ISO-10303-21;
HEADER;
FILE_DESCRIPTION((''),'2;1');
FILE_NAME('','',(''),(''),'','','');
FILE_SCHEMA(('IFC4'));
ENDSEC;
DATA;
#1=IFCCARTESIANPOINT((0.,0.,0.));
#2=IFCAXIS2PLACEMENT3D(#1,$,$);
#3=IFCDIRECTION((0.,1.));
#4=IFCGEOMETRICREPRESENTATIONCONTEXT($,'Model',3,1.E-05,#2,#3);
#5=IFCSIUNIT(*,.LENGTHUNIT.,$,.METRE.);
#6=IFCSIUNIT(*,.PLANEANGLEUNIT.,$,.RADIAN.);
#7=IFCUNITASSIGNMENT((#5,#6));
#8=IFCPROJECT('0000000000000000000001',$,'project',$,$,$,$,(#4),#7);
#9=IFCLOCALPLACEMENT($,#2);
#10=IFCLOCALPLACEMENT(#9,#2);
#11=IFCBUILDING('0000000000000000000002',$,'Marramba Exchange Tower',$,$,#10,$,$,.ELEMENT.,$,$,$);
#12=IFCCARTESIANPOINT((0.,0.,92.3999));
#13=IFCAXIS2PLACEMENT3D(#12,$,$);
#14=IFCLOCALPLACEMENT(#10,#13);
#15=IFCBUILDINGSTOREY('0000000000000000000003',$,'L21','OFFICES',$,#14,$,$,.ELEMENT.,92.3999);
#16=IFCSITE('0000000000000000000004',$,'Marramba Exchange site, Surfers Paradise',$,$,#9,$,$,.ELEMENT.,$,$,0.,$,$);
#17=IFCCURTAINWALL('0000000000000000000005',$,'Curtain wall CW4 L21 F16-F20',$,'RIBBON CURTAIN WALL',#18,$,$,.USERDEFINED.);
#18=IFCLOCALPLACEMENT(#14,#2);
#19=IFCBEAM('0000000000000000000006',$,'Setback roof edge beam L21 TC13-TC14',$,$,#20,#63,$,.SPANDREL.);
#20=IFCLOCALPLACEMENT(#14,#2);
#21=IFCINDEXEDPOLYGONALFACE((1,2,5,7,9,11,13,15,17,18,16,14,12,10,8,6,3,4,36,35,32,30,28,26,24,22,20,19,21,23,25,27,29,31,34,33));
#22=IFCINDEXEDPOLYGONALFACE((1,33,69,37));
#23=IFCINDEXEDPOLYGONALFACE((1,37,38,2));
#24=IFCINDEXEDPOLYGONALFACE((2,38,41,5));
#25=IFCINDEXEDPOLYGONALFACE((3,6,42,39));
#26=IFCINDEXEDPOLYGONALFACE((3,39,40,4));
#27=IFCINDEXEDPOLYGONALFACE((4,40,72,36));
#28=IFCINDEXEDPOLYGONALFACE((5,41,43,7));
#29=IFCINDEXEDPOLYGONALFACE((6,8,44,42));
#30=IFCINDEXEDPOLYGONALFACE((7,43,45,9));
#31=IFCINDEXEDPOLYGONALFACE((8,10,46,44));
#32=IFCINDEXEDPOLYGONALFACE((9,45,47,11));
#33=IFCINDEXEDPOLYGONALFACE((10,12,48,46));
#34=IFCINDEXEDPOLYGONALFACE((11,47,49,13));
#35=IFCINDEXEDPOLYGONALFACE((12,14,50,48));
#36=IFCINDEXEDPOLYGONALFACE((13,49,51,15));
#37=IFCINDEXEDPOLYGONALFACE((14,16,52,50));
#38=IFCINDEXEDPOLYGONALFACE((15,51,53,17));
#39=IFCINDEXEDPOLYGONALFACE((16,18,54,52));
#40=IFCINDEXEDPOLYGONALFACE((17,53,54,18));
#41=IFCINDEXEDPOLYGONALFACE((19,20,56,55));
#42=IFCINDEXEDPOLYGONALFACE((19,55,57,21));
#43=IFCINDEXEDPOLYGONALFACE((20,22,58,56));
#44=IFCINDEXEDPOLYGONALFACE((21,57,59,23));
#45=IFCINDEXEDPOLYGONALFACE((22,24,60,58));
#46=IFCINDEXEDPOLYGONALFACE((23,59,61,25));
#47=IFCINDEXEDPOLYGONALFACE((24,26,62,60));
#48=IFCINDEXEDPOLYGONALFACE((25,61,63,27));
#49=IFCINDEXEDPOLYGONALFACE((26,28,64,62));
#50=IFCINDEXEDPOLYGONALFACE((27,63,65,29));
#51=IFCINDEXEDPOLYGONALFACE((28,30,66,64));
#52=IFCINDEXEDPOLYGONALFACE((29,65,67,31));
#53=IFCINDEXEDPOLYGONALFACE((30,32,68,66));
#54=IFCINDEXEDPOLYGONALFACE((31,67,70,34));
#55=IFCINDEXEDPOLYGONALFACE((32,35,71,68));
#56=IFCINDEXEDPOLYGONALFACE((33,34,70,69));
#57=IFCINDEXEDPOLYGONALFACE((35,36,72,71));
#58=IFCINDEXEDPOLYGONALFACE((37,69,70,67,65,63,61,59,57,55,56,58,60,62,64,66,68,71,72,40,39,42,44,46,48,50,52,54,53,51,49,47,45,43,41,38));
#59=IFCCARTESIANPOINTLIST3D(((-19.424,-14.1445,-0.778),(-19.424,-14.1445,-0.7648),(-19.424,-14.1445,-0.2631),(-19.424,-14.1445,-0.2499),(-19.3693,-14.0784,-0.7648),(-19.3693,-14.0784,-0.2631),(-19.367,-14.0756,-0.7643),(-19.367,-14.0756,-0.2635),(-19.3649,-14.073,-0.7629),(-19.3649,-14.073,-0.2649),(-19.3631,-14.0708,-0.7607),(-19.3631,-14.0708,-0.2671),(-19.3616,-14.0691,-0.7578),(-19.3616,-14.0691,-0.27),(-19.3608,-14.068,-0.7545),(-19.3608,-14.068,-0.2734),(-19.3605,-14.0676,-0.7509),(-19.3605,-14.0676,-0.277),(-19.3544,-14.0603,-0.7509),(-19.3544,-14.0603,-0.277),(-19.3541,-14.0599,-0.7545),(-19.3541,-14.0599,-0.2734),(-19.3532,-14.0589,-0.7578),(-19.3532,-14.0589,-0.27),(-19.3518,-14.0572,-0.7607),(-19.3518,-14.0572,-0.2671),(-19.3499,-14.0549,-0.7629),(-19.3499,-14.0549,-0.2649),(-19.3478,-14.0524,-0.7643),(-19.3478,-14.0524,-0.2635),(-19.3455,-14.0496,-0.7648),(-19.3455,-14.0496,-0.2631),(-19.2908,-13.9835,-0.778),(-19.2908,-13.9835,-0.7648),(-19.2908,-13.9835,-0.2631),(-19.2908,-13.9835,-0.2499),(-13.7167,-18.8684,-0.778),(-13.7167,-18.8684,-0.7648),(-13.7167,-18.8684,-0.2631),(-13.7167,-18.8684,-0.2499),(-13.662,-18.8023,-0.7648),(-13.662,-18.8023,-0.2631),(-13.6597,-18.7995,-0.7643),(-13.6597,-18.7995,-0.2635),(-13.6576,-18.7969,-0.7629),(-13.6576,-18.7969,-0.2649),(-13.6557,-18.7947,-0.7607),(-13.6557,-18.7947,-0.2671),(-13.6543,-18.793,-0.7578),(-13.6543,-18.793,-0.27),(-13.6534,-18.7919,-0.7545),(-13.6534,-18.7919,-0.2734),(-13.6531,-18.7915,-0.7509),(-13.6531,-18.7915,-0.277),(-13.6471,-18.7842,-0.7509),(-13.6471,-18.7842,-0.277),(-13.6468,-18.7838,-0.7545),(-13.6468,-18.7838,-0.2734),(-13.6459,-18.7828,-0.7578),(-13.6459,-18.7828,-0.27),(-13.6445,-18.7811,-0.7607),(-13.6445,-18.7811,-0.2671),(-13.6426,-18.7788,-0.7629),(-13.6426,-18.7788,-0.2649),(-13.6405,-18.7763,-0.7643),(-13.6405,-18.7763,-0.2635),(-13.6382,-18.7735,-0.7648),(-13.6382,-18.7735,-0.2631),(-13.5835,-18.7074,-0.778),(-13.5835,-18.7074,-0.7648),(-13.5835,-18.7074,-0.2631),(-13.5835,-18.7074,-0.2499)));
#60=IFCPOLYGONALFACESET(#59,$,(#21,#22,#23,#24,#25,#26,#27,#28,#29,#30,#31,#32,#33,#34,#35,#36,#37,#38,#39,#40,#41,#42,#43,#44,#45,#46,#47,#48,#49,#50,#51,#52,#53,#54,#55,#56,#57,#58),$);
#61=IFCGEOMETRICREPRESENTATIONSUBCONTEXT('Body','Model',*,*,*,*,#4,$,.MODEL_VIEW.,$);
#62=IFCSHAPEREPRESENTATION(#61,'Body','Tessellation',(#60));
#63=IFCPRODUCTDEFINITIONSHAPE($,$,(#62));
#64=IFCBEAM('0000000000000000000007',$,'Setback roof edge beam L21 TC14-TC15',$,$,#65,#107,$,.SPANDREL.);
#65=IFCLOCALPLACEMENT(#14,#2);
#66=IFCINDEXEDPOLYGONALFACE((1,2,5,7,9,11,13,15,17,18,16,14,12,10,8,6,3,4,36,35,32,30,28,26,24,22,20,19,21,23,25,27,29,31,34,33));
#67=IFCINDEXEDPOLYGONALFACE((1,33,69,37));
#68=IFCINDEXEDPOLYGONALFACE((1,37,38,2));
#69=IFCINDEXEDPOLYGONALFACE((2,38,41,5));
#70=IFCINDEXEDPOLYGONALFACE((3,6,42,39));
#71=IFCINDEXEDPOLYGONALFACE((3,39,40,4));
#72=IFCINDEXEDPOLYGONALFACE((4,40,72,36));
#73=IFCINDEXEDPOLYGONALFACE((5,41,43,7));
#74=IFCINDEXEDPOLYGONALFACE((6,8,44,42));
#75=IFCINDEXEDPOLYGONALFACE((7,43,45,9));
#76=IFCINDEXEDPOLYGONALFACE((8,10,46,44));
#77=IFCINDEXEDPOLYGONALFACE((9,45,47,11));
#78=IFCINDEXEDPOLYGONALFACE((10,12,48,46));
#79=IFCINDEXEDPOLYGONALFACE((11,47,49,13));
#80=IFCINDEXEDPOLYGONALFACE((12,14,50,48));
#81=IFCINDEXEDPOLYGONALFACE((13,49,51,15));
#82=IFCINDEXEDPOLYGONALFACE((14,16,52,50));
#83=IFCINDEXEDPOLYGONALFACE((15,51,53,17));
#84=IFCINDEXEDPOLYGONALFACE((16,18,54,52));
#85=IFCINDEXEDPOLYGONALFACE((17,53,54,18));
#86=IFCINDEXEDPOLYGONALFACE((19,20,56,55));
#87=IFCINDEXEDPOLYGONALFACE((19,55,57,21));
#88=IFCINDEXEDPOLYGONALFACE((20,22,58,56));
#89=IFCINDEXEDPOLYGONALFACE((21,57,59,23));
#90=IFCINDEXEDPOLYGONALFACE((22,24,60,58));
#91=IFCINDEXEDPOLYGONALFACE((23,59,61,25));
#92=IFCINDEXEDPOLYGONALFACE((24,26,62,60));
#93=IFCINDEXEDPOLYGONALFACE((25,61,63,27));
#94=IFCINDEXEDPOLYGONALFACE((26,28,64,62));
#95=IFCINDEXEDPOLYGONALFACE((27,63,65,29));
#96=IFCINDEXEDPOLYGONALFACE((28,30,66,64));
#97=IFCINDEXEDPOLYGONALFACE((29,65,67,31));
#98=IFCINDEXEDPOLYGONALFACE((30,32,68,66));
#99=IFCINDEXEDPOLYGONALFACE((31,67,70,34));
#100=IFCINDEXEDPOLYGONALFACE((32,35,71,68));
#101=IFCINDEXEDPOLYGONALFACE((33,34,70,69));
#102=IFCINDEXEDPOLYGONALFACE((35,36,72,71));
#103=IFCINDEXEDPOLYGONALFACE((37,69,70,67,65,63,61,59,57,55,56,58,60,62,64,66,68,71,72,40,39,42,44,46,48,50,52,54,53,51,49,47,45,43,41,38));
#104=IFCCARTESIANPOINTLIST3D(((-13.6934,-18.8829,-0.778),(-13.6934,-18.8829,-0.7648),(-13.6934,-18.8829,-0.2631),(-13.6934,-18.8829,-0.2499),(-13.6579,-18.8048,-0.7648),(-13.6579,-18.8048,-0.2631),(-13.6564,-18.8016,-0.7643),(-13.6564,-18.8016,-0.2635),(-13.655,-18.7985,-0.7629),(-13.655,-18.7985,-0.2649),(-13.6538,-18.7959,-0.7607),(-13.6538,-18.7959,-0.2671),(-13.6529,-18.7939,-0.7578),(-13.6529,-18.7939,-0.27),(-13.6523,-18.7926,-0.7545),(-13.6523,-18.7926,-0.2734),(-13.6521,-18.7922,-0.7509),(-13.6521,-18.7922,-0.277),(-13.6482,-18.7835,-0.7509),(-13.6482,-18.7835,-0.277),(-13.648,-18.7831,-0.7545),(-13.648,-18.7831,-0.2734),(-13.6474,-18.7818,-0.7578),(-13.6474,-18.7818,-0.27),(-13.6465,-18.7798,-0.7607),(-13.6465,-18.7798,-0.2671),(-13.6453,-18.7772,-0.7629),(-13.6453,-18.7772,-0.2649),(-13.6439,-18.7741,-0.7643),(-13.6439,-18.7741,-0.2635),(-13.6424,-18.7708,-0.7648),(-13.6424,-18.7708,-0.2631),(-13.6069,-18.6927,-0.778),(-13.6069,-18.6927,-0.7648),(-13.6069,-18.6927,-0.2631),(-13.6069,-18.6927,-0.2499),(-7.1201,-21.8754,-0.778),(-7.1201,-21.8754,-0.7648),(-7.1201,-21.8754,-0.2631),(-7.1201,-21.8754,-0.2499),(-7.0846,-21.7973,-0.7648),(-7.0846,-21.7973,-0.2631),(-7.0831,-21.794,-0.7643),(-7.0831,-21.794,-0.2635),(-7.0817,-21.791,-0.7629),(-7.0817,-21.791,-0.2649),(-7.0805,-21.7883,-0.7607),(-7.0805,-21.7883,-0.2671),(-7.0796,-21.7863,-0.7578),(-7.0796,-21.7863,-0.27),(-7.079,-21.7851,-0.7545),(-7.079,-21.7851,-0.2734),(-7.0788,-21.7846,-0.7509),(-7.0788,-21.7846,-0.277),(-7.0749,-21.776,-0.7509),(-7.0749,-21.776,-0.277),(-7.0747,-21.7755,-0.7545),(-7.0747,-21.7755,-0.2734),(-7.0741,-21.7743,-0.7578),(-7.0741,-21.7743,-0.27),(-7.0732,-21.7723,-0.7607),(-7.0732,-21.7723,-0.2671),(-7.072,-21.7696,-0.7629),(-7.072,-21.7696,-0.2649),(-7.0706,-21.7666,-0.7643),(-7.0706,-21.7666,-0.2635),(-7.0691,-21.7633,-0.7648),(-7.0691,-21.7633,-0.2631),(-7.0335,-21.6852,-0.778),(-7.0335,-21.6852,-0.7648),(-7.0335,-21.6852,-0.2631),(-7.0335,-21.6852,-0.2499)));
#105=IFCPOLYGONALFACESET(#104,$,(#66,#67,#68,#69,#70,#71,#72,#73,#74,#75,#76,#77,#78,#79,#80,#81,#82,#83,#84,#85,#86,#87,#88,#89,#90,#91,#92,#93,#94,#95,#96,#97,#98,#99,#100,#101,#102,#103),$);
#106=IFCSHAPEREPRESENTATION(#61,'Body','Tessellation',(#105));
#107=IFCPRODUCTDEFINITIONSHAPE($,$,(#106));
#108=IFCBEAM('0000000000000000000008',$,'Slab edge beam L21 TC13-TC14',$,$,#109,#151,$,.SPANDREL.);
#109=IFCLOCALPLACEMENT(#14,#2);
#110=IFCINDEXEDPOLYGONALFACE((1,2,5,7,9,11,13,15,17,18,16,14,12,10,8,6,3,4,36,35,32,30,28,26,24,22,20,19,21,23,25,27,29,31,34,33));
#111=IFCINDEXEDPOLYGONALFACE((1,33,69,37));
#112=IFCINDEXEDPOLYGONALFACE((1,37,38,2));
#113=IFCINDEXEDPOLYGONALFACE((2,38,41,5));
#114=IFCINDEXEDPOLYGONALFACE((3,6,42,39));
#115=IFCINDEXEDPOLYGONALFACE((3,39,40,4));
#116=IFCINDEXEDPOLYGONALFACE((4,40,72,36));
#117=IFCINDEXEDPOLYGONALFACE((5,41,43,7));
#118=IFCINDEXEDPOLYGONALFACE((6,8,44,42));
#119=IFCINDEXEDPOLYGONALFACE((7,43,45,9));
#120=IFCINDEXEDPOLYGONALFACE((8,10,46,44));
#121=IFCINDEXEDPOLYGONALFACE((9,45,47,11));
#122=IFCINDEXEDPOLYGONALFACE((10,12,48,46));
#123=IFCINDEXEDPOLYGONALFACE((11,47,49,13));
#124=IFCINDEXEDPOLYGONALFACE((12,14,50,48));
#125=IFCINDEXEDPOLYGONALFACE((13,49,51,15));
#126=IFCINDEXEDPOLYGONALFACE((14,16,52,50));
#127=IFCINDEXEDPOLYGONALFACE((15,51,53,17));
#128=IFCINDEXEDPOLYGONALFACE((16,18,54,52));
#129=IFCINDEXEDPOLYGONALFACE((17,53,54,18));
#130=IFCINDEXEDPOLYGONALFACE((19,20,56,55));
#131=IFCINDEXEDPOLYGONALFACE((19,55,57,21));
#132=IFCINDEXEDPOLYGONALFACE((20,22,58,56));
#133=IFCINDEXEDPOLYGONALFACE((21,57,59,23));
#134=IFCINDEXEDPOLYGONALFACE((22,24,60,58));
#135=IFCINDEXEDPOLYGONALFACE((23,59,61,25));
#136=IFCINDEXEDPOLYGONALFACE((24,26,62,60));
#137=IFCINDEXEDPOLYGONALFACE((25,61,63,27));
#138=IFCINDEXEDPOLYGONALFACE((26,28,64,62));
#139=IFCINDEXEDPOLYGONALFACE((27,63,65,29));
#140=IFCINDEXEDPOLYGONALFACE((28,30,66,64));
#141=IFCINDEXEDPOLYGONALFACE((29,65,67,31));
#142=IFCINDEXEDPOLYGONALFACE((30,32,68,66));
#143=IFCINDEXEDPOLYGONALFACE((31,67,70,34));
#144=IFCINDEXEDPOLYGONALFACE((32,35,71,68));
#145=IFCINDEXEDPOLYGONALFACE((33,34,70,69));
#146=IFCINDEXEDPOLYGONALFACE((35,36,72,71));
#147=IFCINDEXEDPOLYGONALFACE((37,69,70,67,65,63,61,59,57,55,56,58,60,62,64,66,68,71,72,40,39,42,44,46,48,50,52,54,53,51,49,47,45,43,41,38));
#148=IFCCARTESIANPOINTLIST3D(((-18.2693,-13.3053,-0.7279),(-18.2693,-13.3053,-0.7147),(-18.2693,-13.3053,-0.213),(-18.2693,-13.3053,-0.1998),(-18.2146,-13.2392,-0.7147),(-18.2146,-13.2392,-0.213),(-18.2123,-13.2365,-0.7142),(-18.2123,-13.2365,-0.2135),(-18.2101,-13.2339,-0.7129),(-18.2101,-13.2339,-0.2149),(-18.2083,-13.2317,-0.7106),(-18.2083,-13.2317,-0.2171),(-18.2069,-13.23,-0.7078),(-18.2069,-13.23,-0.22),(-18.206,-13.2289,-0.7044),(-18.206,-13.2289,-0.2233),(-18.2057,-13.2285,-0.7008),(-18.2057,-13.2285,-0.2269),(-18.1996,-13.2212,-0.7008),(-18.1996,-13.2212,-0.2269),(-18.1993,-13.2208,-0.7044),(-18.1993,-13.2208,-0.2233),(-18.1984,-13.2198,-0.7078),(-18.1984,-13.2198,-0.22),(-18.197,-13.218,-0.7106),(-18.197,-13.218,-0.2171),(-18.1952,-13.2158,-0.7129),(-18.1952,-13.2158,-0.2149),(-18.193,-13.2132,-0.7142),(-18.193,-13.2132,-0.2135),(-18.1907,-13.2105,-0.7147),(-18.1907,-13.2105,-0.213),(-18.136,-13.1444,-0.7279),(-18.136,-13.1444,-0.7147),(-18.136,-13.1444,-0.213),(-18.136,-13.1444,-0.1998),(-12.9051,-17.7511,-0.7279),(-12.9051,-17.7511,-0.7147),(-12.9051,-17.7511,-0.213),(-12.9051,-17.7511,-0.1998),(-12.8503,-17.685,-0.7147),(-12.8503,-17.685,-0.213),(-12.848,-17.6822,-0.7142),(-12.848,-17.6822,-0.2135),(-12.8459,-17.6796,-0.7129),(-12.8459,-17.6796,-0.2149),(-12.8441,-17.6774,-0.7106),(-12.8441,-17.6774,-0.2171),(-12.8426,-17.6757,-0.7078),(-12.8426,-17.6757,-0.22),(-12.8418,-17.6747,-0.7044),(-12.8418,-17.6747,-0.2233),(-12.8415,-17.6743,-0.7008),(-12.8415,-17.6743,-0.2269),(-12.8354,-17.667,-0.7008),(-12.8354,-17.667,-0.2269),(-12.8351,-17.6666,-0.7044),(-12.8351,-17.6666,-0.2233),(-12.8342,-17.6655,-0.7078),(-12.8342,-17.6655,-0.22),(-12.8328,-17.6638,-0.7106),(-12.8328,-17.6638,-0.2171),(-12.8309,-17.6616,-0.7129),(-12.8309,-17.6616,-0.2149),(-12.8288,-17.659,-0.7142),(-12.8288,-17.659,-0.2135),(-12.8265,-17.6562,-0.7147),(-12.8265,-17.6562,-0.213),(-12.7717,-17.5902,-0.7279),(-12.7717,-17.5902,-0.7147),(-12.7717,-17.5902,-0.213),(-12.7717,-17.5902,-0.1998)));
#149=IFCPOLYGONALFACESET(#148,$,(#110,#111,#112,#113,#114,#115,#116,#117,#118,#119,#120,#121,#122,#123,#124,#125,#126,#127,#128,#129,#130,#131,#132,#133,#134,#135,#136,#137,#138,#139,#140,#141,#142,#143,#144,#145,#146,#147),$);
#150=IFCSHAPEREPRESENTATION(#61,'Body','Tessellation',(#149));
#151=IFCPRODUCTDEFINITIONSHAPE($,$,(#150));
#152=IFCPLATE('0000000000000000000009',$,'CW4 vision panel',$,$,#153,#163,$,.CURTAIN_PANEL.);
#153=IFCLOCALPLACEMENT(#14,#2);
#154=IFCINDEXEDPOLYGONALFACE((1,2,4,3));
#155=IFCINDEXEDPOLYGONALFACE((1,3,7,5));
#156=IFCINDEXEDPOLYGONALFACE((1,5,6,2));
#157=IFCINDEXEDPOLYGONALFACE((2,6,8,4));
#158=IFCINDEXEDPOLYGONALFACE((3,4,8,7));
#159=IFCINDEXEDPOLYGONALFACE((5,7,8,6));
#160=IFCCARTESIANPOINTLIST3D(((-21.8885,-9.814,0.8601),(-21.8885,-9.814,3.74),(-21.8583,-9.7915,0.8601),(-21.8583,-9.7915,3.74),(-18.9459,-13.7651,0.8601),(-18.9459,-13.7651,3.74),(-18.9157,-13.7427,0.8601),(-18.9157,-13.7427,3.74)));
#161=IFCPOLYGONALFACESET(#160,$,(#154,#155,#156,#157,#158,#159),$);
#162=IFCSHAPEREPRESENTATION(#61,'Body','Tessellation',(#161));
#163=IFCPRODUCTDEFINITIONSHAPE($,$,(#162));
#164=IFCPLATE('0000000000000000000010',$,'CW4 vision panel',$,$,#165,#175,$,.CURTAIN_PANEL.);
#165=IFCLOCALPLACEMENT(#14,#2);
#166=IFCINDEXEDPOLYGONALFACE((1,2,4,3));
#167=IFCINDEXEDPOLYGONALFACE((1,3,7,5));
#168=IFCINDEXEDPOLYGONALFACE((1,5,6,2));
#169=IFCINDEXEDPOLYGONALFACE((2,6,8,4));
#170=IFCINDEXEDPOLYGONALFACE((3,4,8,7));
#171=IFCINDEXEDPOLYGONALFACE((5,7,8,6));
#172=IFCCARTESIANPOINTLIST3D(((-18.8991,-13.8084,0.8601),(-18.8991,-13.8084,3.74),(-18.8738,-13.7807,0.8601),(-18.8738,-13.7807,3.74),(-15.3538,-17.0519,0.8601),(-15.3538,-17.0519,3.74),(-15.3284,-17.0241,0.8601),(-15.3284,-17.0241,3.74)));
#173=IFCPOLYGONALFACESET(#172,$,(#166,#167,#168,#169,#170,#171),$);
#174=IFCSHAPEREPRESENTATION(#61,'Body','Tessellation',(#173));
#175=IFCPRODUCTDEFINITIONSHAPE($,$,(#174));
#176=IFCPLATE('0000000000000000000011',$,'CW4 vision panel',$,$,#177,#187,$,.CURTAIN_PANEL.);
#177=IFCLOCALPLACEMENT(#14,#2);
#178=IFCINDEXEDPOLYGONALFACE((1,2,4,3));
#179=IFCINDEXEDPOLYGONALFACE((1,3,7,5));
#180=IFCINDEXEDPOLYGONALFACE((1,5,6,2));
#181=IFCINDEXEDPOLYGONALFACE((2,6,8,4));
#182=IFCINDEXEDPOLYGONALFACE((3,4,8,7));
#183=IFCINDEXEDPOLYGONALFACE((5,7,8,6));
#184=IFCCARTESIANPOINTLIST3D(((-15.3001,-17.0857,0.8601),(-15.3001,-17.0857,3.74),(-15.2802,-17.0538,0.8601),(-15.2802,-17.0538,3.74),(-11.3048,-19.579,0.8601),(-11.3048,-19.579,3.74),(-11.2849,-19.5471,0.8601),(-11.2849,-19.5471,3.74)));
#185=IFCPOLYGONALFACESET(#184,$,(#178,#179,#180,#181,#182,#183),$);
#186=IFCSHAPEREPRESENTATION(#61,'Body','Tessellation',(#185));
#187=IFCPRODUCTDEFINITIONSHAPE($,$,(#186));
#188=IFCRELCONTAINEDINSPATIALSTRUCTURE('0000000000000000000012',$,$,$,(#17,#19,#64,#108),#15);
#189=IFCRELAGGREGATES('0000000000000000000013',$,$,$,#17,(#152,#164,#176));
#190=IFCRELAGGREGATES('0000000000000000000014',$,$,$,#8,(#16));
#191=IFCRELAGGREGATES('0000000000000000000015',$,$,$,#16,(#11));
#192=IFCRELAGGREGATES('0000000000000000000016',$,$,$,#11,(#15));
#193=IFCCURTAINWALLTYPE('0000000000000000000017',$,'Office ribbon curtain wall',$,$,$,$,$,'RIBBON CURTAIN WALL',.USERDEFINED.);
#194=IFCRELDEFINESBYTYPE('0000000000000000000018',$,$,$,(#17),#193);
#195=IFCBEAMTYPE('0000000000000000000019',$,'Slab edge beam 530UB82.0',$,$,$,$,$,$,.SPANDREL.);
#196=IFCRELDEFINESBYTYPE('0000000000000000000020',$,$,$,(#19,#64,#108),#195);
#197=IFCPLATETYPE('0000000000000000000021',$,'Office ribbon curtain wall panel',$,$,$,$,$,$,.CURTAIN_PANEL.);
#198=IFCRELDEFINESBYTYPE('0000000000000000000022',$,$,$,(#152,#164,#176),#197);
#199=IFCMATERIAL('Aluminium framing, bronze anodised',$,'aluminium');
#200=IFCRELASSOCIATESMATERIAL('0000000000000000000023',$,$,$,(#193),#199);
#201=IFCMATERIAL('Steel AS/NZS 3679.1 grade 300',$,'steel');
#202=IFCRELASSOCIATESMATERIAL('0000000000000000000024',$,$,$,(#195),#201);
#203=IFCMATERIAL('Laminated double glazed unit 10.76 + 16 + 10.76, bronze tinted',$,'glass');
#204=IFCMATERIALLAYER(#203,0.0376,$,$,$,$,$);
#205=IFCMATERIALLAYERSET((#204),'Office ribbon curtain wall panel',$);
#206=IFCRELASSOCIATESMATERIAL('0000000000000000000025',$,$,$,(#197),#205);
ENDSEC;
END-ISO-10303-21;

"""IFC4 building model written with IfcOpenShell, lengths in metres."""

from ifc_helpers import new_model, si_unit, direction, frame, origin, origin_2d, place, context, subcontext, project, spatial, rectangle, i_section, extrude, material, layer, layer_set, material_profile, profile_set, type_object, element, aggregate, save


model = new_model("IFC4")

# Units and contexts
model_context = context("Model", 3, precision=1e-05, world=origin(), true_north=direction((0.0, 1.0)))
body_context = subcontext(model_context, "Body", "Model", "MODEL_VIEW")
ifc_project = project(units=[si_unit("LENGTHUNIT", "METRE"), si_unit("PLANEANGLEUNIT", "RADIAN")], contexts=[model_context])

# Site, building, storey
site_placement = place(None, origin())
site = spatial("IfcSite", under=ifc_project, at=site_placement, Name="Marramba Exchange site, Surfers Paradise", CompositionType="ELEMENT", RefElevation=0.0)
building_placement = place(site_placement, origin())
building = spatial("IfcBuilding", under=site, at=building_placement, Name="Marramba Exchange Tower", CompositionType="ELEMENT")
storey_placement = place(building_placement, frame((0.0, 0.0, 92.3999)))
storey = spatial("IfcBuildingStorey", under=building, at=storey_placement, Name="L21", Description="OFFICES", CompositionType="ELEMENT", Elevation=92.3999)

# Curtain wall
ifc_material_1 = material(Name="Aluminium framing, bronze anodised", Category="aluminium")
curtain_wall_type = type_object("IfcCurtainWallType", Name="Office ribbon curtain wall", ElementType="RIBBON CURTAIN WALL", PredefinedType="USERDEFINED", material=ifc_material_1)
curtain_wall_placement = place(storey_placement, origin())
curtain_wall = element("IfcCurtainWall", 1, at=curtain_wall_placement, inside=storey, type_object=curtain_wall_type, Name="Curtain wall CW4 L21 F16-F20", ObjectType="RIBBON CURTAIN WALL", PredefinedType="USERDEFINED")

# Beams
ifc_material_2 = material(Name="Steel AS/NZS 3679.1 grade 300", Category="steel")
ifc_material_profile_1 = material_profile(ifc_material_2, i_section(OverallWidth=0.209, OverallDepth=0.5281, WebThickness=0.0095, FlangeThickness=0.0132, FilletRadius=0.0139, at=origin_2d()), Name="530UB82.0")
ifc_profile_set_1 = profile_set([ifc_material_profile_1], Name="Steel AS/NZS 3679.1 grade 300")
beam_type_1 = type_object("IfcBeamType", Name="Slab edge beam 530UB82.0", PredefinedType="SPANDREL", material=ifc_profile_set_1)
beam_1_placement = place(storey_placement, frame((-19.3574, -14.064, -0.5139), z_axis=(0.770354, -0.637617, 0.0), x_axis=(0.637617, 0.770354, 0.0)))
element("IfcBeam", 2, at=beam_1_placement, inside=storey, type_object=beam_type_1, Name="Setback roof edge beam L21 TC13-TC14", PredefinedType="SPANDREL", context=body_context, shape_type="SweptSolid", body=[
    extrude(i_section(OverallWidth=0.209, OverallDepth=0.5281, WebThickness=0.0095, FlangeThickness=0.0132, FilletRadius=0.0139, at=origin_2d()), origin(), (0.0, 0.0, 1.0), 7.4087),
])
beam_2_placement = place(storey_placement, frame((-13.6501, -18.7878, -0.5139), z_axis=(0.910127, -0.41433, 0.0), x_axis=(0.41433, 0.910127, 0.0)))
element("IfcBeam", 3, at=beam_2_placement, inside=storey, type_object=beam_type_1, Name="Setback roof edge beam L21 TC14-TC15", PredefinedType="SPANDREL", context=body_context, shape_type="SweptSolid", body=[
    extrude(i_section(OverallWidth=0.209, OverallDepth=0.5281, WebThickness=0.0095, FlangeThickness=0.0132, FilletRadius=0.0139, at=origin_2d()), origin(), (0.0, 0.0, 1.0), 7.2224),
])
beam_3_placement = place(storey_placement, frame((-18.2026, -13.2249, -0.4639), z_axis=(0.769942, -0.638114, 0.0), x_axis=(0.638114, 0.769942, 0.0)))
element("IfcBeam", 4, at=beam_3_placement, inside=storey, type_object=beam_type_1, Name="Slab edge beam L21 TC13-TC14", PredefinedType="SPANDREL", context=body_context, shape_type="SweptSolid", body=[
    extrude(i_section(OverallWidth=0.209, OverallDepth=0.5281, WebThickness=0.0095, FlangeThickness=0.0132, FilletRadius=0.0139, at=origin_2d()), origin(), (0.0, 0.0, 1.0), 6.967),
])

# Plates
ifc_material_3 = material(Name="Laminated double glazed unit 10.76 + 16 + 10.76, bronze tinted", Category="glass")
ifc_layer_1 = layer(ifc_material_3, 0.0376)
ifc_layer_set_1 = layer_set([ifc_layer_1], Name="Office ribbon curtain wall panel")
plate_type = type_object("IfcPlateType", Name="Office ribbon curtain wall panel", PredefinedType="CURTAIN_PANEL", material=ifc_layer_set_1)
plate_1_placement = place(storey_placement, frame((-20.4021, -11.7783, 0.8601), z_axis=(0.0, 0.0, 1.0), x_axis=(0.597305, -0.802014, 0.0)))
plate_1 = element("IfcPlate", 5, at=plate_1_placement, type_object=plate_type, Name="CW4 vision panel", PredefinedType="CURTAIN_PANEL", context=body_context, shape_type="SweptSolid", body=[
    extrude(rectangle(XDim=4.9265, YDim=0.0376, at=origin_2d()), origin(), (0.0, 0.0, 1.0), 2.8799),
])
plate_2_placement = place(storey_placement, frame((-17.1138, -15.4163, 0.8601), z_axis=(0.0, 0.0, 1.0), x_axis=(0.737822, -0.674995, 0.0)))
plate_2 = element("IfcPlate", 6, at=plate_2_placement, type_object=plate_type, Name="CW4 vision panel", PredefinedType="CURTAIN_PANEL", context=body_context, shape_type="SweptSolid", body=[
    extrude(rectangle(XDim=4.8052, YDim=0.0376, at=origin_2d()), origin(), (0.0, 0.0, 1.0), 2.8799),
])
plate_3_placement = place(storey_placement, frame((-13.2925, -18.3164, 0.8601), z_axis=(0.0, 0.0, 1.0), x_axis=(0.848355, -0.529428, 0.0)))
plate_3 = element("IfcPlate", 7, at=plate_3_placement, type_object=plate_type, Name="CW4 vision panel", PredefinedType="CURTAIN_PANEL", context=body_context, shape_type="SweptSolid", body=[
    extrude(rectangle(XDim=4.7095, YDim=0.0376, at=origin_2d()), origin(), (0.0, 0.0, 1.0), 2.8799),
])
aggregate(curtain_wall, [plate_1, plate_2, plate_3])

save(model, "model.ifc")
